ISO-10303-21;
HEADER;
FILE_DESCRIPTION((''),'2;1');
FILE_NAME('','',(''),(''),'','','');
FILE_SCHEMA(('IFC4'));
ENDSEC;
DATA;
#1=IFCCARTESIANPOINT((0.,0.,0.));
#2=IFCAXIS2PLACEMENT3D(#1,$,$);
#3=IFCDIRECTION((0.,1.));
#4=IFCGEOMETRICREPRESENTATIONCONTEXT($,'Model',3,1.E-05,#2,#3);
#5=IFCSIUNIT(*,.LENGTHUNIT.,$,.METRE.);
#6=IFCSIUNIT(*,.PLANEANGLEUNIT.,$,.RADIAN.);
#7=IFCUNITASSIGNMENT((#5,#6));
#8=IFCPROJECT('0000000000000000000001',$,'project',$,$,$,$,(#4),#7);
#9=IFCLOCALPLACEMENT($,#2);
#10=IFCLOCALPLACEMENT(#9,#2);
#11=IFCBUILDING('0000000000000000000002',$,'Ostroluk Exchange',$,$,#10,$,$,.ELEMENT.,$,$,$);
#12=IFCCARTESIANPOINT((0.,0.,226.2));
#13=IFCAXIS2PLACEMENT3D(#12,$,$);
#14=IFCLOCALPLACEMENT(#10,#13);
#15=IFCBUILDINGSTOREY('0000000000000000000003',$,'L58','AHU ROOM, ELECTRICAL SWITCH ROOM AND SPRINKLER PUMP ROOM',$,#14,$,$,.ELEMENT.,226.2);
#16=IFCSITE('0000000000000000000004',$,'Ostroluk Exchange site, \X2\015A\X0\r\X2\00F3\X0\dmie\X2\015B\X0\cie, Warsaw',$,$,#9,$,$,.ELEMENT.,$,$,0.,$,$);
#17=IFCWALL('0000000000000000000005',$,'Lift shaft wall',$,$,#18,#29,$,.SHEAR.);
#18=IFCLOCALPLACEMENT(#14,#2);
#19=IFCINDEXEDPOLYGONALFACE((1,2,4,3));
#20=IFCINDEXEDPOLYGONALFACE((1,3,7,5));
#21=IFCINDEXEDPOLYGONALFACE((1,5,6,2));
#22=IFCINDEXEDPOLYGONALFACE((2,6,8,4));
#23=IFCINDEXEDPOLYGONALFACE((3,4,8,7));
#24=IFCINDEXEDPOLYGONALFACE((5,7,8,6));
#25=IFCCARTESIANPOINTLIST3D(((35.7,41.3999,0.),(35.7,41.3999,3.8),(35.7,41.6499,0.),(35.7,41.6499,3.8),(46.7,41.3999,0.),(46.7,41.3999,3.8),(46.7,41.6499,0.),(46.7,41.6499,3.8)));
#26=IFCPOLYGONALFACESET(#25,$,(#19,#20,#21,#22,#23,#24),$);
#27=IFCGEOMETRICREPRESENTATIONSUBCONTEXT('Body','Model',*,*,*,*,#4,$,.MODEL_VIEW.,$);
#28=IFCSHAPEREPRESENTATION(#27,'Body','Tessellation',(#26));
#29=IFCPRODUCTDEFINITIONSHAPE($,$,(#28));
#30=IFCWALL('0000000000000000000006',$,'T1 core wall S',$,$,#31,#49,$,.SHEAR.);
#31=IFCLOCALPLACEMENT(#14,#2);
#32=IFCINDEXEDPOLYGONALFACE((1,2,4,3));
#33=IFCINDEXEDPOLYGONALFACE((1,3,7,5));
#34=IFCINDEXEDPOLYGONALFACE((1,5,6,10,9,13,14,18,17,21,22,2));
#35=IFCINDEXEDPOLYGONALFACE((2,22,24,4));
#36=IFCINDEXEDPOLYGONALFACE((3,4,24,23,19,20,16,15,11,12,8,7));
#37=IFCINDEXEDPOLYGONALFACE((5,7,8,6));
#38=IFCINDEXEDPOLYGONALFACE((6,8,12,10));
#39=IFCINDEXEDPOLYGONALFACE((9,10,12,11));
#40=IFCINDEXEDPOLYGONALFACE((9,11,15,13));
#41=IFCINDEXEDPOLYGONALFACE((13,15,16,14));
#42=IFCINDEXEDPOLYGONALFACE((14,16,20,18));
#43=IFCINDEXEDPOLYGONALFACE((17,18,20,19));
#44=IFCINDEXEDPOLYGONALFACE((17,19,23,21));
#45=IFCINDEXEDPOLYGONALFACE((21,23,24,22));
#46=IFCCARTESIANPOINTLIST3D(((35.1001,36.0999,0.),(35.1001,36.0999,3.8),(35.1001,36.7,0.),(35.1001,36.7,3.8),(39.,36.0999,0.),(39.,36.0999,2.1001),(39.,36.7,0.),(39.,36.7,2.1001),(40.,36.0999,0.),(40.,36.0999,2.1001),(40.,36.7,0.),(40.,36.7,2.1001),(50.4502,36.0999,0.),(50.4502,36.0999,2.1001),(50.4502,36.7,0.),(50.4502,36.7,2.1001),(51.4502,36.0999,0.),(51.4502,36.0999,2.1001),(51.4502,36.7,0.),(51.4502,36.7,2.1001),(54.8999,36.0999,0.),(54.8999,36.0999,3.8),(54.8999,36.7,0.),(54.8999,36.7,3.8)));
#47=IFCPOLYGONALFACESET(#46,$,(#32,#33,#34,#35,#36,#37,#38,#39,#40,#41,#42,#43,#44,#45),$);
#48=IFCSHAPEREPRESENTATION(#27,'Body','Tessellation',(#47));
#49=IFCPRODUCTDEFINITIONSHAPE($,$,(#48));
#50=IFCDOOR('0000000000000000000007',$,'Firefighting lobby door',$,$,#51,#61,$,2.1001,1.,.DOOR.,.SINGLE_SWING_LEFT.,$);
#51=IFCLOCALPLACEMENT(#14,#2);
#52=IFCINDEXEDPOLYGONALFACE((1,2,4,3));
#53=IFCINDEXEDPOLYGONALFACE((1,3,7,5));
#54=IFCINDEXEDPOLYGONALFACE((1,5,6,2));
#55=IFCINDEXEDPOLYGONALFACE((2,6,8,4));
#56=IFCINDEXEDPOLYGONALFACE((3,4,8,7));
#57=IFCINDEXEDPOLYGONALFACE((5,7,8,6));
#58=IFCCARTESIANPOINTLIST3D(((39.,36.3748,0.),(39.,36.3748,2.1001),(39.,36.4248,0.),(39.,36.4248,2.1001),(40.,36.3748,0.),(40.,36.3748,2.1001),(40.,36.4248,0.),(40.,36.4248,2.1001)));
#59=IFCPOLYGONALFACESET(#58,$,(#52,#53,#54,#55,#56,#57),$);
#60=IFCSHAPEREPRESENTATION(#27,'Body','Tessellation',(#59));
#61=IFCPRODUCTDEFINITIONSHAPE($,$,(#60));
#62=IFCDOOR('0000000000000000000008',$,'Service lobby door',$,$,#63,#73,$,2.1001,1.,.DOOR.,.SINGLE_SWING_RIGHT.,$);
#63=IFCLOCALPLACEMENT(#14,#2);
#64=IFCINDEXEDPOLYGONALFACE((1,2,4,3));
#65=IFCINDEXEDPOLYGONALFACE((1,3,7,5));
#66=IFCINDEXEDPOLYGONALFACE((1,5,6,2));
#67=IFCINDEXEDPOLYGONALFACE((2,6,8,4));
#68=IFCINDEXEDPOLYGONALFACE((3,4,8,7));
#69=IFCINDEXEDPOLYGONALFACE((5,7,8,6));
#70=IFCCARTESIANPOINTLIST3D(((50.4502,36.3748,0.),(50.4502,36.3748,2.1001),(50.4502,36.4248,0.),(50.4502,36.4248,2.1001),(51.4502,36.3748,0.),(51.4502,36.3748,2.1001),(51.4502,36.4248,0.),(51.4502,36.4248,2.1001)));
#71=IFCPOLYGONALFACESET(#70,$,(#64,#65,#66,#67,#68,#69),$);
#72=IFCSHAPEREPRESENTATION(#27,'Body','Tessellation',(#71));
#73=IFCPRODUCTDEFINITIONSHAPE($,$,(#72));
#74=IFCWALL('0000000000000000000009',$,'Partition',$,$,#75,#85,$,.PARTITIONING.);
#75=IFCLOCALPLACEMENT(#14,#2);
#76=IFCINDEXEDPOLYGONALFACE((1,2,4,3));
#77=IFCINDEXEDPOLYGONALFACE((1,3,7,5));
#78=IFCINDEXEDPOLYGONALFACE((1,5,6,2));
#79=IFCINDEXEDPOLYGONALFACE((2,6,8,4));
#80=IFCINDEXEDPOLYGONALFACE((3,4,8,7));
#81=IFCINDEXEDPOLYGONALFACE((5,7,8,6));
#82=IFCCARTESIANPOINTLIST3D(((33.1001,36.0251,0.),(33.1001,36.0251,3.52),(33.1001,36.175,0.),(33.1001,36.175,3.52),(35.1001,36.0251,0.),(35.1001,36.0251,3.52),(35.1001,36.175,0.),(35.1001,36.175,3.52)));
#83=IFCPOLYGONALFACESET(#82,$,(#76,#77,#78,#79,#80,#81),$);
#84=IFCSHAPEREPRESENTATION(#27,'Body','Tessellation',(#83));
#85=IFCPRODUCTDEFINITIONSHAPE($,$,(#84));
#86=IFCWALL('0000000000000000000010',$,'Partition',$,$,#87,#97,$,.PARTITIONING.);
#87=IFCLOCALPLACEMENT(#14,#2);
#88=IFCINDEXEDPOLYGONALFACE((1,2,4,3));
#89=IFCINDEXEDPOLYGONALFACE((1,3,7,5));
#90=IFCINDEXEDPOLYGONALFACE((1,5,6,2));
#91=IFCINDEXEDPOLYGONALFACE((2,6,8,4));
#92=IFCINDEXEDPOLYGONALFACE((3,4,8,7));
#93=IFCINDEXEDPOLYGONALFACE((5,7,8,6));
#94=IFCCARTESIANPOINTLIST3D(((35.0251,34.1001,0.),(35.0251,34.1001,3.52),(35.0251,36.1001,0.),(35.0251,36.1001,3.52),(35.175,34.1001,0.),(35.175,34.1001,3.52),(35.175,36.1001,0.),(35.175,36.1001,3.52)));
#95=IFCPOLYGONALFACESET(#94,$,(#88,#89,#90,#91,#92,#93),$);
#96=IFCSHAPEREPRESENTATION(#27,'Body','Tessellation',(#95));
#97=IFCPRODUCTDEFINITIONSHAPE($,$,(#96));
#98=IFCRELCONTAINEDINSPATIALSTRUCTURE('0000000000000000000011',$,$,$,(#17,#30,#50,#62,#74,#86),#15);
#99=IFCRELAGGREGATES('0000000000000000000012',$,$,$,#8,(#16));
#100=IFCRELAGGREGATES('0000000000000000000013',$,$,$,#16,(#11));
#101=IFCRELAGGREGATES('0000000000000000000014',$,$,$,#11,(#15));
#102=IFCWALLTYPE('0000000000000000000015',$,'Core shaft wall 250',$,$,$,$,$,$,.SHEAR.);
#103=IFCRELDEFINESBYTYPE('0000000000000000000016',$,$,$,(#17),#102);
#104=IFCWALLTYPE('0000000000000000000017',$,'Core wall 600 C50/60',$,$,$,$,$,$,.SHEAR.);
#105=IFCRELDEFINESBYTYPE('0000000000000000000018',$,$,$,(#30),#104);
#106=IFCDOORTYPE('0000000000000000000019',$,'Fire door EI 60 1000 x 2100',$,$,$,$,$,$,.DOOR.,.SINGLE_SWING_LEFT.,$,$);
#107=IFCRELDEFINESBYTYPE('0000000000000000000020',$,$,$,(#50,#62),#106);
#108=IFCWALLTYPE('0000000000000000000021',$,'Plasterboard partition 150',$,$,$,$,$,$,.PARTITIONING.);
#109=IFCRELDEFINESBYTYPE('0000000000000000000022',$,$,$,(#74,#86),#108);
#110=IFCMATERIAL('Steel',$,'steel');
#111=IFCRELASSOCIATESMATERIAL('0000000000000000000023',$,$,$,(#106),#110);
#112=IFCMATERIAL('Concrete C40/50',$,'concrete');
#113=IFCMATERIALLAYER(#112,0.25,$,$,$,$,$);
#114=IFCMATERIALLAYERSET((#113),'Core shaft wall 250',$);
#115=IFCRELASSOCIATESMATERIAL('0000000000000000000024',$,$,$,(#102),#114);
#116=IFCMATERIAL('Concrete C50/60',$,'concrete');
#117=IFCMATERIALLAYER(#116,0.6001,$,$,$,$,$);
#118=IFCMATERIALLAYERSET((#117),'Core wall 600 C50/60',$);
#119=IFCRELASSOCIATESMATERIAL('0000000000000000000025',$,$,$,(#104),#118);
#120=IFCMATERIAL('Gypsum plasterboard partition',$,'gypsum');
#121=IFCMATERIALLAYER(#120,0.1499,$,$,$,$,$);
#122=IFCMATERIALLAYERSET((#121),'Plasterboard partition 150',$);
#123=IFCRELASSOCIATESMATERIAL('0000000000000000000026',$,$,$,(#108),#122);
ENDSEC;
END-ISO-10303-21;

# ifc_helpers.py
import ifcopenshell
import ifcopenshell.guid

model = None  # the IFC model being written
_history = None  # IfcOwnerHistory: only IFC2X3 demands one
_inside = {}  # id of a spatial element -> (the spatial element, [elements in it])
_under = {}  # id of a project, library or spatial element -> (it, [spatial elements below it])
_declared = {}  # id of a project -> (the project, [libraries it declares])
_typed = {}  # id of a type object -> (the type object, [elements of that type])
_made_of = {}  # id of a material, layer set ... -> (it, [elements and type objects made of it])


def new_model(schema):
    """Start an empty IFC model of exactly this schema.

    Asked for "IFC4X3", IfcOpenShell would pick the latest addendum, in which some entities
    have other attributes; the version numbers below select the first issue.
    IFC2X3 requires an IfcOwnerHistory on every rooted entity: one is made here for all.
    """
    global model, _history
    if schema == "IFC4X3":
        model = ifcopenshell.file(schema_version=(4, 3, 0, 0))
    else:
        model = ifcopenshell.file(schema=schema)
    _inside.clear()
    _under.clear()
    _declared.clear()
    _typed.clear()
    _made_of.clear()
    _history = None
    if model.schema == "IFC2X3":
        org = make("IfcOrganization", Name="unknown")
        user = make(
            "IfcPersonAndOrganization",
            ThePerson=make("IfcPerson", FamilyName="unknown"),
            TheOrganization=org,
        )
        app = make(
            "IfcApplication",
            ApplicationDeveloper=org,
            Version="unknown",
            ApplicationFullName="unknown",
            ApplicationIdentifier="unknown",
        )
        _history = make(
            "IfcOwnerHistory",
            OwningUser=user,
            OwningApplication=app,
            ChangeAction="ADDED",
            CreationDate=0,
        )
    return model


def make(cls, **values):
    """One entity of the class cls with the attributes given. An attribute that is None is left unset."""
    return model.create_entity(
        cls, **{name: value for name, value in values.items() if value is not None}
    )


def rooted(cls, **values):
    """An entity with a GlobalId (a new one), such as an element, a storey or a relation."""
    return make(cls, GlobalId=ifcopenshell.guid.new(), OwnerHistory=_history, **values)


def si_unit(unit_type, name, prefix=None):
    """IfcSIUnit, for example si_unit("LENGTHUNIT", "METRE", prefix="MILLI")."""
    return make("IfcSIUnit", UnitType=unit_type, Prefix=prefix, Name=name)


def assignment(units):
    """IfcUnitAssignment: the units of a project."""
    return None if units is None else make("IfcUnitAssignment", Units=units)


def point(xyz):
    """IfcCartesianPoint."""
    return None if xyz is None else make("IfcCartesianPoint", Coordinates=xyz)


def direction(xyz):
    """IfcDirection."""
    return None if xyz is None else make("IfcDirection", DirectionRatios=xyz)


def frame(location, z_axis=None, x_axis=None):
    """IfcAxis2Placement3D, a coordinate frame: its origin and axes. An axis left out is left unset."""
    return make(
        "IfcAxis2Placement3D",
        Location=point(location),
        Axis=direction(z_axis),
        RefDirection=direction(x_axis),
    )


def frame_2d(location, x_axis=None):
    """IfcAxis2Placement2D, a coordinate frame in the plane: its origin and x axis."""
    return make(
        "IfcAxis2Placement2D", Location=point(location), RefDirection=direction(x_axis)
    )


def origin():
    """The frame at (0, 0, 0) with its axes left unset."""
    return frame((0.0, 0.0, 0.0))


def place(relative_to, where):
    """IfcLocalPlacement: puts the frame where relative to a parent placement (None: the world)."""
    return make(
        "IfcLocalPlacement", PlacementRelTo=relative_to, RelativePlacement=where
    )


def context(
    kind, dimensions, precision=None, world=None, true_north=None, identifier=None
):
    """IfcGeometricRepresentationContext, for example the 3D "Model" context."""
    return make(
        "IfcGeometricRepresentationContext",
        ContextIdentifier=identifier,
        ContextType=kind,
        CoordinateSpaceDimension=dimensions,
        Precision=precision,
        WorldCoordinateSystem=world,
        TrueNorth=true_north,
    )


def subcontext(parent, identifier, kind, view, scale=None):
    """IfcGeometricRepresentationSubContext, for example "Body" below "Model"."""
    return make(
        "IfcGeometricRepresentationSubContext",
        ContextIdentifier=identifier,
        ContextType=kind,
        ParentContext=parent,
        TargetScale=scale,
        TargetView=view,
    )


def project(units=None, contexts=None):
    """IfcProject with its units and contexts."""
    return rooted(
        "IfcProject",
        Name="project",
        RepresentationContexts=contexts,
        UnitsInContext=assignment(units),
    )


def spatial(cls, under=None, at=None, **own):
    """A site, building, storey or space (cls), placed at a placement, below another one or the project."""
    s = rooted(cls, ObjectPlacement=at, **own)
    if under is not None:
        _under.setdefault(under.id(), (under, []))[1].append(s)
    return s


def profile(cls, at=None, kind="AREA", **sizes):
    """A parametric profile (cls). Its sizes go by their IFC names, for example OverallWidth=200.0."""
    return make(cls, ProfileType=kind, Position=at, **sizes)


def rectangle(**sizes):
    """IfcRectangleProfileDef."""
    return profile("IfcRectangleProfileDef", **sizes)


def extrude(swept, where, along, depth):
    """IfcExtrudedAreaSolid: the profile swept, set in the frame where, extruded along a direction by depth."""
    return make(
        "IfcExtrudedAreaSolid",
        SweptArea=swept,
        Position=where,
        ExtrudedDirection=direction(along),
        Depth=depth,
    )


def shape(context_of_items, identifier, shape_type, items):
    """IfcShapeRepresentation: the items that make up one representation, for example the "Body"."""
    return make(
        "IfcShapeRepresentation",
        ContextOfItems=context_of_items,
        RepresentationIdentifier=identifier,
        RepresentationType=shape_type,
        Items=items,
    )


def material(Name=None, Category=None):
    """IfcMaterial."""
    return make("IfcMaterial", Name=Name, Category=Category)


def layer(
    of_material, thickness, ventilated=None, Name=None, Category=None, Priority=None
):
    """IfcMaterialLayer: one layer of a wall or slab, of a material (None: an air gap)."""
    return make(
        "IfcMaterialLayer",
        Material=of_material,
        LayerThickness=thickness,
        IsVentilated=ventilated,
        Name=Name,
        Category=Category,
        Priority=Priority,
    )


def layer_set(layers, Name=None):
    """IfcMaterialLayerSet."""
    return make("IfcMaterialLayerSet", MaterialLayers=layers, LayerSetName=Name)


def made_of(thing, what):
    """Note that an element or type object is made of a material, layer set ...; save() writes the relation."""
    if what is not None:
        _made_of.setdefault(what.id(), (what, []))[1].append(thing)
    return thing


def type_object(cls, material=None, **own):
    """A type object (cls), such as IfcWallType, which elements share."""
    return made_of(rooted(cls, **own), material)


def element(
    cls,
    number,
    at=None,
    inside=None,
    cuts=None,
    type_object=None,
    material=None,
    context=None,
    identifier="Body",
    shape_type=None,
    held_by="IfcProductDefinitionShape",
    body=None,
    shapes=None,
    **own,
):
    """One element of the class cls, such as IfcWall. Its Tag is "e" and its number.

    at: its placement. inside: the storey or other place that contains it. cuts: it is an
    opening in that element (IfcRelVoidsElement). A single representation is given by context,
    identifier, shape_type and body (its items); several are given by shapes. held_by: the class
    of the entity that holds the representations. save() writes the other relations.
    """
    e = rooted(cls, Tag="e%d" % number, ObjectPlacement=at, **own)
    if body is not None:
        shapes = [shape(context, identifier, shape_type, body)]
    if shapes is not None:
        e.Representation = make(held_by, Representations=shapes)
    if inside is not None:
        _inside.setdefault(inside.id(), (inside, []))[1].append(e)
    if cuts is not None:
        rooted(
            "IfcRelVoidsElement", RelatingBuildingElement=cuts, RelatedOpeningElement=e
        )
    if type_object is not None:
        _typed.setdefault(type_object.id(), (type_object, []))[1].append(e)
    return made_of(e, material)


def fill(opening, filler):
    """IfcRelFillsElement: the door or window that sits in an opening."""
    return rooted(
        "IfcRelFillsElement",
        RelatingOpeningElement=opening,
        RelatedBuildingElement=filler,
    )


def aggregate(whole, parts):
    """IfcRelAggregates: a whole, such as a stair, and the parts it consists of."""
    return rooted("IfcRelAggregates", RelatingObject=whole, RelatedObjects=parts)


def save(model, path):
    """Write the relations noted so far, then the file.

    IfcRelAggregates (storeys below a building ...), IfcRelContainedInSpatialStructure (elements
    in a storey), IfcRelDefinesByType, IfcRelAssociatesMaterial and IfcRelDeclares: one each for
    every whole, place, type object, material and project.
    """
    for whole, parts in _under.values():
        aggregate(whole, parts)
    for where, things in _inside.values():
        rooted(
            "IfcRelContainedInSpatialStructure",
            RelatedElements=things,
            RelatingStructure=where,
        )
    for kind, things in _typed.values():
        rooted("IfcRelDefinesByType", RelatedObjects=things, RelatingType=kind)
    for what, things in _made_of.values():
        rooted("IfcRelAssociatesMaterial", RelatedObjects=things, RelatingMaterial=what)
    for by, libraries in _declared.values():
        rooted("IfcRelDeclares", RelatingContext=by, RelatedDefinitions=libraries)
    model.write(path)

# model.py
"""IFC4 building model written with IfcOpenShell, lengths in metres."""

from ifc_helpers import new_model, si_unit, direction, frame, frame_2d, origin, place, context, subcontext, project, spatial, rectangle, extrude, material, layer, layer_set, type_object, element, fill, save


model = new_model("IFC4")

# Units and contexts
model_context = context("Model", 3, precision=1e-05, world=origin(), true_north=direction((0.0, 1.0)))
body_context = subcontext(model_context, "Body", "Model", "MODEL_VIEW")
ifc_project = project(units=[si_unit("LENGTHUNIT", "METRE"), si_unit("PLANEANGLEUNIT", "RADIAN")], contexts=[model_context])

# Site, building, storey
site_placement = place(None, origin())
site = spatial("IfcSite", under=ifc_project, at=site_placement, Name="Ostroluk Exchange site, Śródmieście, Warsaw", CompositionType="ELEMENT", RefElevation=0.0)
building_placement = place(site_placement, origin())
building = spatial("IfcBuilding", under=site, at=building_placement, Name="Ostroluk Exchange", CompositionType="ELEMENT")
storey_placement = place(building_placement, frame((0.0, 0.0, 226.2)))
storey = spatial("IfcBuildingStorey", under=building, at=storey_placement, Name="L58", Description="AHU ROOM, ELECTRICAL SWITCH ROOM AND SPRINKLER PUMP ROOM", CompositionType="ELEMENT", Elevation=226.2)

# Shared definitions
ifc_material_1 = material(Name="Steel", Category="steel")
door_type_1 = type_object("IfcDoorType", Name="Fire door EI 60 1000 x 2100", OperationType="SINGLE_SWING_LEFT", PredefinedType="DOOR", material=ifc_material_1)
ifc_material_2 = material(Name="Concrete C40/50", Category="concrete")
ifc_layer_1 = layer(ifc_material_2, 0.25)
ifc_layer_set_1 = layer_set([ifc_layer_1], Name="Core shaft wall 250")
wall_type_1 = type_object("IfcWallType", Name="Core shaft wall 250", PredefinedType="SHEAR", material=ifc_layer_set_1)

# Wall
wall_1_placement = place(storey_placement, frame((35.7, 41.5249, 0.0), z_axis=(0.0, 0.0, 1.0), x_axis=(1.0, 0.0, 0.0)))
element("IfcWall", 1, at=wall_1_placement, inside=storey, type_object=wall_type_1, Name="Lift shaft wall", PredefinedType="SHEAR", context=body_context, shape_type="SweptSolid", body=[
    extrude(rectangle(XDim=11.0, YDim=0.25, at=frame_2d((5.5, 0.0))), origin(), (0.0, 0.0, 1.0), 3.8),
])

# Wall, openings, doors
ifc_material_3 = material(Name="Concrete C50/60", Category="concrete")
ifc_layer_2 = layer(ifc_material_3, 0.6001)
ifc_layer_set_2 = layer_set([ifc_layer_2], Name="Core wall 600 C50/60")
wall_type_2 = type_object("IfcWallType", Name="Core wall 600 C50/60", PredefinedType="SHEAR", material=ifc_layer_set_2)
wall_2_placement = place(storey_placement, frame((35.1001, 36.3999, 0.0), z_axis=(0.0, 0.0, 1.0), x_axis=(1.0, 0.0, 0.0)))
wall_2 = element("IfcWall", 2, at=wall_2_placement, inside=storey, type_object=wall_type_2, Name="T1 core wall S", PredefinedType="SHEAR", context=body_context, shape_type="SweptSolid", body=[
    extrude(rectangle(XDim=19.7998, YDim=0.6001, at=frame_2d((9.8999, 0.0))), origin(), (0.0, 0.0, 1.0), 3.8),
])
opening_1_placement = place(wall_2_placement, frame((3.8999, 0.0, 0.0)))
opening_1 = element("IfcOpeningElement", 3, at=opening_1_placement, cuts=wall_2, PredefinedType="OPENING", context=body_context, shape_type="SweptSolid", body=[
    extrude(rectangle(XDim=1.0, YDim=2.1001, at=frame_2d((0.5, 1.05))), frame((0.0, 0.3101, 0.0), z_axis=(0.0, -1.0, 0.0), x_axis=(1.0, 0.0, 0.0)), (0.0, 0.0, 1.0), 0.6201),
])
opening_2_placement = place(wall_2_placement, frame((15.3501, 0.0, 0.0)))
opening_2 = element("IfcOpeningElement", 4, at=opening_2_placement, cuts=wall_2, PredefinedType="OPENING", context=body_context, shape_type="SweptSolid", body=[
    extrude(rectangle(XDim=1.0, YDim=2.1001, at=frame_2d((0.5, 1.05))), frame((0.0, 0.3101, 0.0), z_axis=(0.0, -1.0, 0.0), x_axis=(1.0, 0.0, 0.0)), (0.0, 0.0, 1.0), 0.6201),
])
door_1_placement = place(opening_1_placement, origin())
door_1 = element("IfcDoor", 5, at=door_1_placement, inside=storey, type_object=door_type_1, Name="Firefighting lobby door", OperationType="SINGLE_SWING_LEFT", OverallHeight=2.1001, OverallWidth=1.0, PredefinedType="DOOR", context=body_context, shape_type="SweptSolid", body=[
    extrude(rectangle(XDim=1.0, YDim=2.1001, at=frame_2d((0.5, 1.05))), frame((0.0, 0.0249, 0.0), z_axis=(0.0, -1.0, 0.0), x_axis=(1.0, 0.0, 0.0)), (0.0, 0.0, 1.0), 0.05),
])
fill(opening_1, door_1)
door_2_placement = place(opening_2_placement, origin())
door_2 = element("IfcDoor", 6, at=door_2_placement, inside=storey, type_object=door_type_1, Name="Service lobby door", OperationType="SINGLE_SWING_RIGHT", OverallHeight=2.1001, OverallWidth=1.0, PredefinedType="DOOR", context=body_context, shape_type="SweptSolid", body=[
    extrude(rectangle(XDim=1.0, YDim=2.1001, at=frame_2d((0.5, 1.05))), frame((0.0, 0.0249, 0.0), z_axis=(0.0, -1.0, 0.0), x_axis=(1.0, 0.0, 0.0)), (0.0, 0.0, 1.0), 0.05),
])
fill(opening_2, door_2)

# Walls
ifc_material_4 = material(Name="Gypsum plasterboard partition", Category="gypsum")
ifc_layer_3 = layer(ifc_material_4, 0.1499)
ifc_layer_set_3 = layer_set([ifc_layer_3], Name="Plasterboard partition 150")
wall_type_3 = type_object("IfcWallType", Name="Plasterboard partition 150", PredefinedType="PARTITIONING", material=ifc_layer_set_3)
for number, where, z_axis, x_axis, name in (
    (7, (35.1001, 36.1001, 0.0), (0.0, 0.0, 1.0), (-1.0, 0.0, 0.0), "Partition"),
    (8, (35.1001, 36.1001, 0.0), (0.0, 0.0, 1.0), (0.0, -1.0, 0.0), "Partition"),
):
    element("IfcWall", number, at=place(storey_placement, frame(where, z_axis=z_axis, x_axis=x_axis)), inside=storey, type_object=wall_type_3, Name=name, PredefinedType="PARTITIONING", context=body_context, shape_type="SweptSolid", body=[
        extrude(rectangle(XDim=2.0, YDim=0.1499, at=frame_2d((1.0, 0.0))), origin(), (0.0, 0.0, 1.0), 3.52),
    ])

save(model, "model.ifc")
